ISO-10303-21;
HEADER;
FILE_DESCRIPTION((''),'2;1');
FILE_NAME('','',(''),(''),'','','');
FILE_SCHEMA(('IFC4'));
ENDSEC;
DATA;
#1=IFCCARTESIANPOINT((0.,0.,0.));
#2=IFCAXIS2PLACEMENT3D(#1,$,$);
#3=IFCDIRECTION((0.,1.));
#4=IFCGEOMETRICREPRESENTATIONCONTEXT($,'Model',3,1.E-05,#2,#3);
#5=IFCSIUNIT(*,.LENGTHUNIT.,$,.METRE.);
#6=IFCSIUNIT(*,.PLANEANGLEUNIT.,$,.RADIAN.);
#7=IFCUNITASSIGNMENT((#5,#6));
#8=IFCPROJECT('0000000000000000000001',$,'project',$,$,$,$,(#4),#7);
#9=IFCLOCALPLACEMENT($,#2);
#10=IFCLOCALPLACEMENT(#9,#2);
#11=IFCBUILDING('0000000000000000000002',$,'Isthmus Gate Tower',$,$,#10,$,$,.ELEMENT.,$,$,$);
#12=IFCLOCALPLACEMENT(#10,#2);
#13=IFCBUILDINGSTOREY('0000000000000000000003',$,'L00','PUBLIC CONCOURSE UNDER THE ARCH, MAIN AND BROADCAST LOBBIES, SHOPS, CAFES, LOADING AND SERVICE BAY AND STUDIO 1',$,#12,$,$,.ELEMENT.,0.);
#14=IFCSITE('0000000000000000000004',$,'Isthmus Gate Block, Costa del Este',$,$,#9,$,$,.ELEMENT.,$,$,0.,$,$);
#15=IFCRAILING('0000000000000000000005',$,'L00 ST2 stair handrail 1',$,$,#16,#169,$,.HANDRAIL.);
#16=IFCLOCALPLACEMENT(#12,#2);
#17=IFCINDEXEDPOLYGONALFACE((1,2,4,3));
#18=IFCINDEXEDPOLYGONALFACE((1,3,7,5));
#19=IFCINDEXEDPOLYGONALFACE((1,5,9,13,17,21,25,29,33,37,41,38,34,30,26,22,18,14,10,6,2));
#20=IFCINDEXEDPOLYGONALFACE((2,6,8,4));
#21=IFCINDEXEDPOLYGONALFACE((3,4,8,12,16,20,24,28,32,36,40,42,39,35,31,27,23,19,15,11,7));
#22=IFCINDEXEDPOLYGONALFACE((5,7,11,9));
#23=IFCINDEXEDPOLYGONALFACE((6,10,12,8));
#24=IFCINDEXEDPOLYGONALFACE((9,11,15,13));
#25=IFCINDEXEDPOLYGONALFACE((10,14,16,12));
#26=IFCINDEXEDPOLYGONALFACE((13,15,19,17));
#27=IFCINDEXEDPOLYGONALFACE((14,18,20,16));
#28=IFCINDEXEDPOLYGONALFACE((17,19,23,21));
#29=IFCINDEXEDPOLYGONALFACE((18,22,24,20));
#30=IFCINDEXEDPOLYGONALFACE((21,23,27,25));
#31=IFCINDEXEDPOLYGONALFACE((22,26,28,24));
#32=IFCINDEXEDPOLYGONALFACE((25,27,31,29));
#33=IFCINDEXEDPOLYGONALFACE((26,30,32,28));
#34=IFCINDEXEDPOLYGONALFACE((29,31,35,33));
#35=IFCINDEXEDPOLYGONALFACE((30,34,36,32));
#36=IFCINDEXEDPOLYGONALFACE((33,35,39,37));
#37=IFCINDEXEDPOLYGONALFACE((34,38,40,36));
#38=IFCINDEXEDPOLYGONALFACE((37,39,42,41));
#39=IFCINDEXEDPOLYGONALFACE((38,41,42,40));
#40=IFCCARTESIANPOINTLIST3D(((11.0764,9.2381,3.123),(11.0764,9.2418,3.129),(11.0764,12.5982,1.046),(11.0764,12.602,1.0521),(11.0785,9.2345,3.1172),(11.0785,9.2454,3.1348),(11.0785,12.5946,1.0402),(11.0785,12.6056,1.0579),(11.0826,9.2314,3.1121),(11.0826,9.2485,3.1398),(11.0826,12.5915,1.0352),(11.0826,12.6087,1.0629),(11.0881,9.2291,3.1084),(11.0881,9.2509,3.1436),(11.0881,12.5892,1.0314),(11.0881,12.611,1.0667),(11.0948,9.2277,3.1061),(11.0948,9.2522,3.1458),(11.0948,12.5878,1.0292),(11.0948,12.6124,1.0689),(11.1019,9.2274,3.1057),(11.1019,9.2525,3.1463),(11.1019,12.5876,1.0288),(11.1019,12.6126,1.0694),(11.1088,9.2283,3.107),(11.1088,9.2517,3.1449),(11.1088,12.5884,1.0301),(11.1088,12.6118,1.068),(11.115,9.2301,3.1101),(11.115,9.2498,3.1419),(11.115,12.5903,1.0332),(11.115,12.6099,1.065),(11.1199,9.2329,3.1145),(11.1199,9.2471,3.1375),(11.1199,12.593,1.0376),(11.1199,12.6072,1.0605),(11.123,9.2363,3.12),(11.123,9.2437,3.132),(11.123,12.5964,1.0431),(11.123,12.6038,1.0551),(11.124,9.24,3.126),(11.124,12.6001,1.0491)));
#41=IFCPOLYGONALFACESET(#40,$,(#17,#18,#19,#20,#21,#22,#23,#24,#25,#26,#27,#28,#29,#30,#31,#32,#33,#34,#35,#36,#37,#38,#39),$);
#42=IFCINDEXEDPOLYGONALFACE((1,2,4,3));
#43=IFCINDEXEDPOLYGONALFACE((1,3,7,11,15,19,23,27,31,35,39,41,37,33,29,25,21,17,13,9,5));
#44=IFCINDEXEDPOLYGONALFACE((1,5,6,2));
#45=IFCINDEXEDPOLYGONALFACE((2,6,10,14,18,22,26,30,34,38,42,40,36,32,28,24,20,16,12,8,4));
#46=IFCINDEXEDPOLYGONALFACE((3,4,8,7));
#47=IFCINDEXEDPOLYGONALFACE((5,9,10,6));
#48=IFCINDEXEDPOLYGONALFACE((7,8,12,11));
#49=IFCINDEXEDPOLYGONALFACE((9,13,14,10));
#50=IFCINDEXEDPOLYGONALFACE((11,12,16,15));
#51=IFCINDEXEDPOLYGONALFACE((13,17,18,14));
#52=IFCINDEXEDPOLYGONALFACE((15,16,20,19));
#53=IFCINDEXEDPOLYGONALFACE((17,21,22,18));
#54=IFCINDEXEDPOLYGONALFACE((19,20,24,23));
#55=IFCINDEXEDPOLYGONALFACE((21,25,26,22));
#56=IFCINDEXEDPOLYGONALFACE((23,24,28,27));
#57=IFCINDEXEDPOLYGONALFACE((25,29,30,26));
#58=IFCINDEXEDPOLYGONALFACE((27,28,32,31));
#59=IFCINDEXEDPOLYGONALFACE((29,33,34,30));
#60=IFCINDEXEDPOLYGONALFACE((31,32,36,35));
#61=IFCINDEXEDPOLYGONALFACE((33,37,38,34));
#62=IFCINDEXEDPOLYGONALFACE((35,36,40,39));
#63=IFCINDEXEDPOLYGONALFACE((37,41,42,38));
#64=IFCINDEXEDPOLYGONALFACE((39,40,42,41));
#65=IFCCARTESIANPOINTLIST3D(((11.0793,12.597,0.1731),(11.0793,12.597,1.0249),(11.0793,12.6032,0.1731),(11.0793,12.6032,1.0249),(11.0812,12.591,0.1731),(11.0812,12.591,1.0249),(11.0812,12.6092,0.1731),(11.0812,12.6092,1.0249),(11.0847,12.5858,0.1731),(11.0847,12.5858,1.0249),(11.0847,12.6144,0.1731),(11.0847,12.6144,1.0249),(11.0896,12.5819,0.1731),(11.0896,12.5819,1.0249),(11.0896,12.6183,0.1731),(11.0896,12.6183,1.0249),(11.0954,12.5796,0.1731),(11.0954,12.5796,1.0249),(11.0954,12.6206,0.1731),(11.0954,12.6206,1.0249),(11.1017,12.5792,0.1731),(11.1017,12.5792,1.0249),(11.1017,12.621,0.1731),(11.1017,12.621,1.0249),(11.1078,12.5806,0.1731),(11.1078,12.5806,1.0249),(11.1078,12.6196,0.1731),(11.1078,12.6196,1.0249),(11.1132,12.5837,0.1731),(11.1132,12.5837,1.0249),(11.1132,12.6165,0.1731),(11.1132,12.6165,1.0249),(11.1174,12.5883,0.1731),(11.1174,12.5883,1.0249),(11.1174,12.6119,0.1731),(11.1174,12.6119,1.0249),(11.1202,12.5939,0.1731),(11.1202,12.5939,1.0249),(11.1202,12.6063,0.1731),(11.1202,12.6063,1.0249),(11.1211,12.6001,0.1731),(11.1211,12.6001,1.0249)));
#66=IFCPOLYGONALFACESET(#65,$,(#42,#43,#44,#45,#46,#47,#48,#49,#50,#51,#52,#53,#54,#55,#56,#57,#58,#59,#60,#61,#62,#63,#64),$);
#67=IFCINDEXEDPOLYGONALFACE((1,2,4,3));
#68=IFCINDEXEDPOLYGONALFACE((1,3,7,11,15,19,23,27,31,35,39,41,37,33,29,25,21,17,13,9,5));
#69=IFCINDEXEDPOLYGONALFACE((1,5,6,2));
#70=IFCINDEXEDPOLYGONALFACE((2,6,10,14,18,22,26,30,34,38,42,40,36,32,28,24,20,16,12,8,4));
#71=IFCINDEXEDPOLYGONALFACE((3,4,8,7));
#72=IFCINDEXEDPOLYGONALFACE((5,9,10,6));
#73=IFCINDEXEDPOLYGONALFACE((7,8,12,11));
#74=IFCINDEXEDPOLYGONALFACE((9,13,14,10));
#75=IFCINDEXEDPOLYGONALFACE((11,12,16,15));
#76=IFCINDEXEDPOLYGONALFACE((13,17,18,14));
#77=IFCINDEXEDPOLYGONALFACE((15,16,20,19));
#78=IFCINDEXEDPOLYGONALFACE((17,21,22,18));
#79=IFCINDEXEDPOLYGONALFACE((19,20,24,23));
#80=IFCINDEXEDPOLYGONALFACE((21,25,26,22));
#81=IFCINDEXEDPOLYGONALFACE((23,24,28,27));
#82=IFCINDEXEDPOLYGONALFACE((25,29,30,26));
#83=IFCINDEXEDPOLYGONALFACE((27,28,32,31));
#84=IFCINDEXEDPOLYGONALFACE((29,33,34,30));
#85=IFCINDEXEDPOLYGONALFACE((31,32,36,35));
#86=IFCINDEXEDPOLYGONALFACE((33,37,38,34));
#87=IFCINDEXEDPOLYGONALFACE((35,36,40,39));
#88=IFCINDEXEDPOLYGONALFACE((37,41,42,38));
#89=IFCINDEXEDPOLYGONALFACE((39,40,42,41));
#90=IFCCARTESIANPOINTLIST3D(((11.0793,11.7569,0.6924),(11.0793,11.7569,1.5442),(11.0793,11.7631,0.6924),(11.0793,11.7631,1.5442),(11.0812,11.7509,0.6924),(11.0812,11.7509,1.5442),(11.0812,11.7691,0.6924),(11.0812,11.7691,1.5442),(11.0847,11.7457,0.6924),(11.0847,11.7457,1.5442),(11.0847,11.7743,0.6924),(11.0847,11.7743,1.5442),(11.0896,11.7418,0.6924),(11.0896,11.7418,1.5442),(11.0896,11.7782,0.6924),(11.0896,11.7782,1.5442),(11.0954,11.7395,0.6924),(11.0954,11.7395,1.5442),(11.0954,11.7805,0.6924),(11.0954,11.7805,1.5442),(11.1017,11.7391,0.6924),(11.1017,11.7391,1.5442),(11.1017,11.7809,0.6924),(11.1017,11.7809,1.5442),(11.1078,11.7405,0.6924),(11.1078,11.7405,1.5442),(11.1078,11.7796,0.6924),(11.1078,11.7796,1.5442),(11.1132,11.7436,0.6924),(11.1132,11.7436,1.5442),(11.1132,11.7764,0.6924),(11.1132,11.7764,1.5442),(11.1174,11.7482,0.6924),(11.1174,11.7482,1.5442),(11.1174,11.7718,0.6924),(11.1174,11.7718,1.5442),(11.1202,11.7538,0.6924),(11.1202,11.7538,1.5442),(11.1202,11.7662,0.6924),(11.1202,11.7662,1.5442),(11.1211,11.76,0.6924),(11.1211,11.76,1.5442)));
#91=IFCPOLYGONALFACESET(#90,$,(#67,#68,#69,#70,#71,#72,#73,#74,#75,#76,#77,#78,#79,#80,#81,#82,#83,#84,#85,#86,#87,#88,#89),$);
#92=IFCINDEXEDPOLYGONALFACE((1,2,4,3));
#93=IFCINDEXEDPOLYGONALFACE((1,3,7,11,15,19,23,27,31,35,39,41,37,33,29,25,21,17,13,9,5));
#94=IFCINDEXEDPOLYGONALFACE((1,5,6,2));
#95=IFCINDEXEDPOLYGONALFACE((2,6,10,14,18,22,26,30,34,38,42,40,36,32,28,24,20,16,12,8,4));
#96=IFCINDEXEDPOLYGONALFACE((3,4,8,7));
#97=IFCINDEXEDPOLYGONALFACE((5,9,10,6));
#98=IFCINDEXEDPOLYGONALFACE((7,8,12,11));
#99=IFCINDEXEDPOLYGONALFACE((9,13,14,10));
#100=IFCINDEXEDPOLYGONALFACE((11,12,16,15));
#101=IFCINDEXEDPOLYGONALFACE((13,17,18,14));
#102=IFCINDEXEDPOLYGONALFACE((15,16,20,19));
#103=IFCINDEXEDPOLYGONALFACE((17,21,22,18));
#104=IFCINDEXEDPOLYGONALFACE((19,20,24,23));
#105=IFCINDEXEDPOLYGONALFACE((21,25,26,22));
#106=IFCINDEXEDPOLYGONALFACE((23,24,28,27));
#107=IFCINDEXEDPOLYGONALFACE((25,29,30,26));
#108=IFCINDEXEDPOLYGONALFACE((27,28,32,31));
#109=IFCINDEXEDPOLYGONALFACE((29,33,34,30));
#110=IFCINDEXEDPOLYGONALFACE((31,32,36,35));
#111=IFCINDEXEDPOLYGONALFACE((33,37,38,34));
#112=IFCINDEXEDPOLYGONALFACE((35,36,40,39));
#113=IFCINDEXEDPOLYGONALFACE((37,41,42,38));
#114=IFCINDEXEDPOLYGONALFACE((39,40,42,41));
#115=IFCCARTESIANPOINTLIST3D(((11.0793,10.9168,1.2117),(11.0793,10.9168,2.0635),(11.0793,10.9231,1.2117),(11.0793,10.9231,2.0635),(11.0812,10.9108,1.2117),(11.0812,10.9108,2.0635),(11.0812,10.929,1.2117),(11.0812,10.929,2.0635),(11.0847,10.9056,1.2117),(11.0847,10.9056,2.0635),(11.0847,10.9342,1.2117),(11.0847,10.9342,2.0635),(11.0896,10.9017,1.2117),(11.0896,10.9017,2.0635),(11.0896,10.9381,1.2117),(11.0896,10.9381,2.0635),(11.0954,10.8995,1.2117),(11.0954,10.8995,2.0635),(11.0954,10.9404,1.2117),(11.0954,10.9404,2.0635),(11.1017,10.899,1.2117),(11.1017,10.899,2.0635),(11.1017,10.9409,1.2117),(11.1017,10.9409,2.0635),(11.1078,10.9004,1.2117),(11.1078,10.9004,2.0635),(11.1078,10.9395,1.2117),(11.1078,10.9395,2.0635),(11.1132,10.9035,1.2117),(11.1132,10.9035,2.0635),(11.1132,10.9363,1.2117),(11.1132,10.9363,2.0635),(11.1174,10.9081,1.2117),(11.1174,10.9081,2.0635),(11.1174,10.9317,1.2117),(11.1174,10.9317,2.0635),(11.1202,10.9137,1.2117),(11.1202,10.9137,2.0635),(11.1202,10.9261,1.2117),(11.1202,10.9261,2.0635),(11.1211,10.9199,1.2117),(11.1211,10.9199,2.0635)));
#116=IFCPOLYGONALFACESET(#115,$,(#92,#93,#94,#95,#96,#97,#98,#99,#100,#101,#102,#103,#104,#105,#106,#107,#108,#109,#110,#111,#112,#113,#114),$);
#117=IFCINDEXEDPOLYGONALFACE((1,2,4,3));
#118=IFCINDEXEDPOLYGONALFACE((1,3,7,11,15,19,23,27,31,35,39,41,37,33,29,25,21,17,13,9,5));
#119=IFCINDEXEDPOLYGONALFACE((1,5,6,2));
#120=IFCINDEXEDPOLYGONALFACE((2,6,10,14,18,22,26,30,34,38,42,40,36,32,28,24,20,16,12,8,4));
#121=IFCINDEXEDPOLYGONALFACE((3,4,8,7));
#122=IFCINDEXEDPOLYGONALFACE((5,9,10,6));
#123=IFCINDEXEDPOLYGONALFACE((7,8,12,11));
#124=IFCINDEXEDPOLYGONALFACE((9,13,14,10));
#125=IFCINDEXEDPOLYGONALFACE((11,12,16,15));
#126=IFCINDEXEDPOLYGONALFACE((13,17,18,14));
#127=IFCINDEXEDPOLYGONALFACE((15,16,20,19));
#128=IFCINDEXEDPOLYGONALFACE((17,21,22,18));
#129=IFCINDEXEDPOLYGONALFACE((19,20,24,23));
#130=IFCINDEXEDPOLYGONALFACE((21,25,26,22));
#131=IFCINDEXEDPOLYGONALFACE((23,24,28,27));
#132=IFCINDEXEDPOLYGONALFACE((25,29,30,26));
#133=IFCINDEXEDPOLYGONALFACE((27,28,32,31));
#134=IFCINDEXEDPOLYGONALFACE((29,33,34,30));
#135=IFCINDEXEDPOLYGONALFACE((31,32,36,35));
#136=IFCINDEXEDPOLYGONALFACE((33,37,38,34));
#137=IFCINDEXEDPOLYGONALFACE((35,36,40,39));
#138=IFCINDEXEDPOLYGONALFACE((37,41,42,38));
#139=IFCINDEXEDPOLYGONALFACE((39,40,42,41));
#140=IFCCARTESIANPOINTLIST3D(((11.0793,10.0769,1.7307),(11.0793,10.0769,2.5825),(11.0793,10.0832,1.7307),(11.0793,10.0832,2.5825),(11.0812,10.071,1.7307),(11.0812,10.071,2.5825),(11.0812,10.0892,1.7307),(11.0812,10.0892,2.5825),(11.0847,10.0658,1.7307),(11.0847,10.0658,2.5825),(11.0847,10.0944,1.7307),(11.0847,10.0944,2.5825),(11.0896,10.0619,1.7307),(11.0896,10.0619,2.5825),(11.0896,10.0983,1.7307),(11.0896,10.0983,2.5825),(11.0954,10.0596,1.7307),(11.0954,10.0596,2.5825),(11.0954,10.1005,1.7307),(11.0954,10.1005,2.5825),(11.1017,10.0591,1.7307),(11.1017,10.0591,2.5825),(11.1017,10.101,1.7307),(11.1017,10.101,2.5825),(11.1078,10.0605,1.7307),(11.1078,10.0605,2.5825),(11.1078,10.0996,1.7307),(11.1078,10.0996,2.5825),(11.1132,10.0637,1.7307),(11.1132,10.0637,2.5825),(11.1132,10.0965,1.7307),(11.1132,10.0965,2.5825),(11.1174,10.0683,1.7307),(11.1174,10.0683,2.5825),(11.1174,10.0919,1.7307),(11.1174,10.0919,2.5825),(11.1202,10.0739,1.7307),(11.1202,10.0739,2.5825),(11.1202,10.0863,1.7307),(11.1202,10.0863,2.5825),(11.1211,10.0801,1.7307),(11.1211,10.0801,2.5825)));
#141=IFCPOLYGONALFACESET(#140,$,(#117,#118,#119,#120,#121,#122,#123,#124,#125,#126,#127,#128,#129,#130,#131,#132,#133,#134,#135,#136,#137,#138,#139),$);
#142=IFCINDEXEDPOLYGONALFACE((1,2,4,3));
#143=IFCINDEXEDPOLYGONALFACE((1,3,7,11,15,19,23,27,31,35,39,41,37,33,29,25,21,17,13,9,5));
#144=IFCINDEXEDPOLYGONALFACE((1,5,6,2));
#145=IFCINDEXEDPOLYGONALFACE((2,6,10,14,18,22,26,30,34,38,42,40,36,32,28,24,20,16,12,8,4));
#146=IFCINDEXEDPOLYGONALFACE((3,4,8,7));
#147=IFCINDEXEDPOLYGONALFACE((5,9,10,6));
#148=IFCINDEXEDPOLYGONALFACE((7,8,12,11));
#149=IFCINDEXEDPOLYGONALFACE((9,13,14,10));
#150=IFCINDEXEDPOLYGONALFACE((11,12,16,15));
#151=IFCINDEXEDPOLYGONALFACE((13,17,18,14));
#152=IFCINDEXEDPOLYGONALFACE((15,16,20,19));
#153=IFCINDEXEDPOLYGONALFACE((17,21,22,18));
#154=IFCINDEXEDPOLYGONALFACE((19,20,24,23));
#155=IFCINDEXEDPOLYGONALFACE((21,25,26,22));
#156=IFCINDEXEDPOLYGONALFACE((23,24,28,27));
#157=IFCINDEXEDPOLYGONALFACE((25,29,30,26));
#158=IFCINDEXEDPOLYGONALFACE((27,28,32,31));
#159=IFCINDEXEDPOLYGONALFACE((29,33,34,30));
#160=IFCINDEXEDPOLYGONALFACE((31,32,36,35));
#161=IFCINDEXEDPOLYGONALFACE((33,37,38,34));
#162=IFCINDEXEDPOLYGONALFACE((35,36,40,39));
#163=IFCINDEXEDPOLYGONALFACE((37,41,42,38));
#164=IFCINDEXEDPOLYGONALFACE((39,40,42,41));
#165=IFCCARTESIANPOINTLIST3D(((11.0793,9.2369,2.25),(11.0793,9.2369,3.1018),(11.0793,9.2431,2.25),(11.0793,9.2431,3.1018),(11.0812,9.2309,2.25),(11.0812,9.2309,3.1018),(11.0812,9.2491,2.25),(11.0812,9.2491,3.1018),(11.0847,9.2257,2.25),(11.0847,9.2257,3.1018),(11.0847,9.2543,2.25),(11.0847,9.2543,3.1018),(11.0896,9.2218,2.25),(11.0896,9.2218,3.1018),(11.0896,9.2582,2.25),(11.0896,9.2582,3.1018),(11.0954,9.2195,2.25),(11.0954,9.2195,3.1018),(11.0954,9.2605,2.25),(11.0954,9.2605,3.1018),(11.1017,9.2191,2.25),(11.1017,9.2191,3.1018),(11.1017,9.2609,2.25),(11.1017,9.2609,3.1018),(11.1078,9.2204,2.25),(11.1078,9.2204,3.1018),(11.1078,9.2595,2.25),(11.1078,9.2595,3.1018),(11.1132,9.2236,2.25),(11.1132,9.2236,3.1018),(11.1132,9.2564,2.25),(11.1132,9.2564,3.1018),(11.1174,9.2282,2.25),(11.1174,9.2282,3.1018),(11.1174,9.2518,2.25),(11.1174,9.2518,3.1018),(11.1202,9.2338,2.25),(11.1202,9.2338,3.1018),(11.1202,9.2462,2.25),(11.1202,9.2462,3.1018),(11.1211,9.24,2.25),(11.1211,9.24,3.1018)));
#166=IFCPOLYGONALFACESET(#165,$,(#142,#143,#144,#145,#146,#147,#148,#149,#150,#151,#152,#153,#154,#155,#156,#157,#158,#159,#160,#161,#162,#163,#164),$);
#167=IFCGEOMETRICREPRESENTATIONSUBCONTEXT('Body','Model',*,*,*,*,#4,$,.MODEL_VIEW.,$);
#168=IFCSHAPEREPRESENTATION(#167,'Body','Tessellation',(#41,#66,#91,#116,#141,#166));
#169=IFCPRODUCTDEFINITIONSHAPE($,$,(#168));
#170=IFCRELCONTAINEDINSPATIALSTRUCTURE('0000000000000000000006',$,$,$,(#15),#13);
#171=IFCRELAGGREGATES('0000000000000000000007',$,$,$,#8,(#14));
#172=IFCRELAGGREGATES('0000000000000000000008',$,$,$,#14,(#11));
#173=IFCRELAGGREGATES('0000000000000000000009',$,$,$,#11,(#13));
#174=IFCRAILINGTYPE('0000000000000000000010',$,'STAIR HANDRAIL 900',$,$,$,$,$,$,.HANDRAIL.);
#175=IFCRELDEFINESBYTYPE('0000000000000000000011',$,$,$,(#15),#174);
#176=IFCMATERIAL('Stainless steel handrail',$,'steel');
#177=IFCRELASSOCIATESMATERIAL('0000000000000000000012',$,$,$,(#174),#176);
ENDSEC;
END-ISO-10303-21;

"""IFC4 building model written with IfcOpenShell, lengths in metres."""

from ifc_helpers import new_model, si_unit, direction, frame, origin, origin_2d, place, context, subcontext, project, spatial, circle, extrude, material, type_object, element, save


model = new_model("IFC4")

# Units and contexts
model_context = context("Model", 3, precision=1e-05, world=origin(), true_north=direction((0.0, 1.0)))
body_context = subcontext(model_context, "Body", "Model", "MODEL_VIEW")
ifc_project = project(units=[si_unit("LENGTHUNIT", "METRE"), si_unit("PLANEANGLEUNIT", "RADIAN")], contexts=[model_context])

# Site, building, storey
site_placement = place(None, origin())
site = spatial("IfcSite", under=ifc_project, at=site_placement, Name="Isthmus Gate Block, Costa del Este", CompositionType="ELEMENT", RefElevation=0.0)
building_placement = place(site_placement, origin())
building = spatial("IfcBuilding", under=site, at=building_placement, Name="Isthmus Gate Tower", CompositionType="ELEMENT")
storey_placement = place(building_placement, origin())
storey = spatial("IfcBuildingStorey", under=building, at=storey_placement, Name="L00", Description="PUBLIC CONCOURSE UNDER THE ARCH, MAIN AND BROADCAST LOBBIES, SHOPS, CAFES, LOADING AND SERVICE BAY AND STUDIO 1", CompositionType="ELEMENT", Elevation=0.0)

# Railing
ifc_material_1 = material(Name="Stainless steel handrail", Category="steel")
railing_type_1 = type_object("IfcRailingType", Name="STAIR HANDRAIL 900", PredefinedType="HANDRAIL", material=ifc_material_1)
for number, where, name in (
    (1, (11.1001, 12.6001, 0.1731), "L00 ST2 stair handrail 1"),
):
    element("IfcRailing", number, at=place(storey_placement, frame(where)), inside=storey, type_object=railing_type_1, Name=name, PredefinedType="HANDRAIL", context=body_context, shape_type="SweptSolid", body=[
        extrude(circle(Radius=0.0239, at=origin_2d()), frame((0.0, 0.0, 0.876), z_axis=(0.0, -0.850623, 0.525776), x_axis=(1.0, 0.0, 0.0)), (0.0, 0.0, 1.0), 3.9502),
        extrude(circle(Radius=0.021, at=origin_2d()), origin(), (0.0, 0.0, 1.0), 0.8518),
        extrude(circle(Radius=0.021, at=origin_2d()), frame((0.0, -0.8401, 0.5193)), (0.0, 0.0, 1.0), 0.8518),
        extrude(circle(Radius=0.021, at=origin_2d()), frame((0.0, -1.6802, 1.0386)), (0.0, 0.0, 1.0), 0.8518),
        extrude(circle(Radius=0.021, at=origin_2d()), frame((0.0, -2.52, 1.5576)), (0.0, 0.0, 1.0), 0.8518),
        extrude(circle(Radius=0.021, at=origin_2d()), frame((0.0, -3.3601, 2.0769)), (0.0, 0.0, 1.0), 0.8518),
    ])

save(model, "model.ifc")
